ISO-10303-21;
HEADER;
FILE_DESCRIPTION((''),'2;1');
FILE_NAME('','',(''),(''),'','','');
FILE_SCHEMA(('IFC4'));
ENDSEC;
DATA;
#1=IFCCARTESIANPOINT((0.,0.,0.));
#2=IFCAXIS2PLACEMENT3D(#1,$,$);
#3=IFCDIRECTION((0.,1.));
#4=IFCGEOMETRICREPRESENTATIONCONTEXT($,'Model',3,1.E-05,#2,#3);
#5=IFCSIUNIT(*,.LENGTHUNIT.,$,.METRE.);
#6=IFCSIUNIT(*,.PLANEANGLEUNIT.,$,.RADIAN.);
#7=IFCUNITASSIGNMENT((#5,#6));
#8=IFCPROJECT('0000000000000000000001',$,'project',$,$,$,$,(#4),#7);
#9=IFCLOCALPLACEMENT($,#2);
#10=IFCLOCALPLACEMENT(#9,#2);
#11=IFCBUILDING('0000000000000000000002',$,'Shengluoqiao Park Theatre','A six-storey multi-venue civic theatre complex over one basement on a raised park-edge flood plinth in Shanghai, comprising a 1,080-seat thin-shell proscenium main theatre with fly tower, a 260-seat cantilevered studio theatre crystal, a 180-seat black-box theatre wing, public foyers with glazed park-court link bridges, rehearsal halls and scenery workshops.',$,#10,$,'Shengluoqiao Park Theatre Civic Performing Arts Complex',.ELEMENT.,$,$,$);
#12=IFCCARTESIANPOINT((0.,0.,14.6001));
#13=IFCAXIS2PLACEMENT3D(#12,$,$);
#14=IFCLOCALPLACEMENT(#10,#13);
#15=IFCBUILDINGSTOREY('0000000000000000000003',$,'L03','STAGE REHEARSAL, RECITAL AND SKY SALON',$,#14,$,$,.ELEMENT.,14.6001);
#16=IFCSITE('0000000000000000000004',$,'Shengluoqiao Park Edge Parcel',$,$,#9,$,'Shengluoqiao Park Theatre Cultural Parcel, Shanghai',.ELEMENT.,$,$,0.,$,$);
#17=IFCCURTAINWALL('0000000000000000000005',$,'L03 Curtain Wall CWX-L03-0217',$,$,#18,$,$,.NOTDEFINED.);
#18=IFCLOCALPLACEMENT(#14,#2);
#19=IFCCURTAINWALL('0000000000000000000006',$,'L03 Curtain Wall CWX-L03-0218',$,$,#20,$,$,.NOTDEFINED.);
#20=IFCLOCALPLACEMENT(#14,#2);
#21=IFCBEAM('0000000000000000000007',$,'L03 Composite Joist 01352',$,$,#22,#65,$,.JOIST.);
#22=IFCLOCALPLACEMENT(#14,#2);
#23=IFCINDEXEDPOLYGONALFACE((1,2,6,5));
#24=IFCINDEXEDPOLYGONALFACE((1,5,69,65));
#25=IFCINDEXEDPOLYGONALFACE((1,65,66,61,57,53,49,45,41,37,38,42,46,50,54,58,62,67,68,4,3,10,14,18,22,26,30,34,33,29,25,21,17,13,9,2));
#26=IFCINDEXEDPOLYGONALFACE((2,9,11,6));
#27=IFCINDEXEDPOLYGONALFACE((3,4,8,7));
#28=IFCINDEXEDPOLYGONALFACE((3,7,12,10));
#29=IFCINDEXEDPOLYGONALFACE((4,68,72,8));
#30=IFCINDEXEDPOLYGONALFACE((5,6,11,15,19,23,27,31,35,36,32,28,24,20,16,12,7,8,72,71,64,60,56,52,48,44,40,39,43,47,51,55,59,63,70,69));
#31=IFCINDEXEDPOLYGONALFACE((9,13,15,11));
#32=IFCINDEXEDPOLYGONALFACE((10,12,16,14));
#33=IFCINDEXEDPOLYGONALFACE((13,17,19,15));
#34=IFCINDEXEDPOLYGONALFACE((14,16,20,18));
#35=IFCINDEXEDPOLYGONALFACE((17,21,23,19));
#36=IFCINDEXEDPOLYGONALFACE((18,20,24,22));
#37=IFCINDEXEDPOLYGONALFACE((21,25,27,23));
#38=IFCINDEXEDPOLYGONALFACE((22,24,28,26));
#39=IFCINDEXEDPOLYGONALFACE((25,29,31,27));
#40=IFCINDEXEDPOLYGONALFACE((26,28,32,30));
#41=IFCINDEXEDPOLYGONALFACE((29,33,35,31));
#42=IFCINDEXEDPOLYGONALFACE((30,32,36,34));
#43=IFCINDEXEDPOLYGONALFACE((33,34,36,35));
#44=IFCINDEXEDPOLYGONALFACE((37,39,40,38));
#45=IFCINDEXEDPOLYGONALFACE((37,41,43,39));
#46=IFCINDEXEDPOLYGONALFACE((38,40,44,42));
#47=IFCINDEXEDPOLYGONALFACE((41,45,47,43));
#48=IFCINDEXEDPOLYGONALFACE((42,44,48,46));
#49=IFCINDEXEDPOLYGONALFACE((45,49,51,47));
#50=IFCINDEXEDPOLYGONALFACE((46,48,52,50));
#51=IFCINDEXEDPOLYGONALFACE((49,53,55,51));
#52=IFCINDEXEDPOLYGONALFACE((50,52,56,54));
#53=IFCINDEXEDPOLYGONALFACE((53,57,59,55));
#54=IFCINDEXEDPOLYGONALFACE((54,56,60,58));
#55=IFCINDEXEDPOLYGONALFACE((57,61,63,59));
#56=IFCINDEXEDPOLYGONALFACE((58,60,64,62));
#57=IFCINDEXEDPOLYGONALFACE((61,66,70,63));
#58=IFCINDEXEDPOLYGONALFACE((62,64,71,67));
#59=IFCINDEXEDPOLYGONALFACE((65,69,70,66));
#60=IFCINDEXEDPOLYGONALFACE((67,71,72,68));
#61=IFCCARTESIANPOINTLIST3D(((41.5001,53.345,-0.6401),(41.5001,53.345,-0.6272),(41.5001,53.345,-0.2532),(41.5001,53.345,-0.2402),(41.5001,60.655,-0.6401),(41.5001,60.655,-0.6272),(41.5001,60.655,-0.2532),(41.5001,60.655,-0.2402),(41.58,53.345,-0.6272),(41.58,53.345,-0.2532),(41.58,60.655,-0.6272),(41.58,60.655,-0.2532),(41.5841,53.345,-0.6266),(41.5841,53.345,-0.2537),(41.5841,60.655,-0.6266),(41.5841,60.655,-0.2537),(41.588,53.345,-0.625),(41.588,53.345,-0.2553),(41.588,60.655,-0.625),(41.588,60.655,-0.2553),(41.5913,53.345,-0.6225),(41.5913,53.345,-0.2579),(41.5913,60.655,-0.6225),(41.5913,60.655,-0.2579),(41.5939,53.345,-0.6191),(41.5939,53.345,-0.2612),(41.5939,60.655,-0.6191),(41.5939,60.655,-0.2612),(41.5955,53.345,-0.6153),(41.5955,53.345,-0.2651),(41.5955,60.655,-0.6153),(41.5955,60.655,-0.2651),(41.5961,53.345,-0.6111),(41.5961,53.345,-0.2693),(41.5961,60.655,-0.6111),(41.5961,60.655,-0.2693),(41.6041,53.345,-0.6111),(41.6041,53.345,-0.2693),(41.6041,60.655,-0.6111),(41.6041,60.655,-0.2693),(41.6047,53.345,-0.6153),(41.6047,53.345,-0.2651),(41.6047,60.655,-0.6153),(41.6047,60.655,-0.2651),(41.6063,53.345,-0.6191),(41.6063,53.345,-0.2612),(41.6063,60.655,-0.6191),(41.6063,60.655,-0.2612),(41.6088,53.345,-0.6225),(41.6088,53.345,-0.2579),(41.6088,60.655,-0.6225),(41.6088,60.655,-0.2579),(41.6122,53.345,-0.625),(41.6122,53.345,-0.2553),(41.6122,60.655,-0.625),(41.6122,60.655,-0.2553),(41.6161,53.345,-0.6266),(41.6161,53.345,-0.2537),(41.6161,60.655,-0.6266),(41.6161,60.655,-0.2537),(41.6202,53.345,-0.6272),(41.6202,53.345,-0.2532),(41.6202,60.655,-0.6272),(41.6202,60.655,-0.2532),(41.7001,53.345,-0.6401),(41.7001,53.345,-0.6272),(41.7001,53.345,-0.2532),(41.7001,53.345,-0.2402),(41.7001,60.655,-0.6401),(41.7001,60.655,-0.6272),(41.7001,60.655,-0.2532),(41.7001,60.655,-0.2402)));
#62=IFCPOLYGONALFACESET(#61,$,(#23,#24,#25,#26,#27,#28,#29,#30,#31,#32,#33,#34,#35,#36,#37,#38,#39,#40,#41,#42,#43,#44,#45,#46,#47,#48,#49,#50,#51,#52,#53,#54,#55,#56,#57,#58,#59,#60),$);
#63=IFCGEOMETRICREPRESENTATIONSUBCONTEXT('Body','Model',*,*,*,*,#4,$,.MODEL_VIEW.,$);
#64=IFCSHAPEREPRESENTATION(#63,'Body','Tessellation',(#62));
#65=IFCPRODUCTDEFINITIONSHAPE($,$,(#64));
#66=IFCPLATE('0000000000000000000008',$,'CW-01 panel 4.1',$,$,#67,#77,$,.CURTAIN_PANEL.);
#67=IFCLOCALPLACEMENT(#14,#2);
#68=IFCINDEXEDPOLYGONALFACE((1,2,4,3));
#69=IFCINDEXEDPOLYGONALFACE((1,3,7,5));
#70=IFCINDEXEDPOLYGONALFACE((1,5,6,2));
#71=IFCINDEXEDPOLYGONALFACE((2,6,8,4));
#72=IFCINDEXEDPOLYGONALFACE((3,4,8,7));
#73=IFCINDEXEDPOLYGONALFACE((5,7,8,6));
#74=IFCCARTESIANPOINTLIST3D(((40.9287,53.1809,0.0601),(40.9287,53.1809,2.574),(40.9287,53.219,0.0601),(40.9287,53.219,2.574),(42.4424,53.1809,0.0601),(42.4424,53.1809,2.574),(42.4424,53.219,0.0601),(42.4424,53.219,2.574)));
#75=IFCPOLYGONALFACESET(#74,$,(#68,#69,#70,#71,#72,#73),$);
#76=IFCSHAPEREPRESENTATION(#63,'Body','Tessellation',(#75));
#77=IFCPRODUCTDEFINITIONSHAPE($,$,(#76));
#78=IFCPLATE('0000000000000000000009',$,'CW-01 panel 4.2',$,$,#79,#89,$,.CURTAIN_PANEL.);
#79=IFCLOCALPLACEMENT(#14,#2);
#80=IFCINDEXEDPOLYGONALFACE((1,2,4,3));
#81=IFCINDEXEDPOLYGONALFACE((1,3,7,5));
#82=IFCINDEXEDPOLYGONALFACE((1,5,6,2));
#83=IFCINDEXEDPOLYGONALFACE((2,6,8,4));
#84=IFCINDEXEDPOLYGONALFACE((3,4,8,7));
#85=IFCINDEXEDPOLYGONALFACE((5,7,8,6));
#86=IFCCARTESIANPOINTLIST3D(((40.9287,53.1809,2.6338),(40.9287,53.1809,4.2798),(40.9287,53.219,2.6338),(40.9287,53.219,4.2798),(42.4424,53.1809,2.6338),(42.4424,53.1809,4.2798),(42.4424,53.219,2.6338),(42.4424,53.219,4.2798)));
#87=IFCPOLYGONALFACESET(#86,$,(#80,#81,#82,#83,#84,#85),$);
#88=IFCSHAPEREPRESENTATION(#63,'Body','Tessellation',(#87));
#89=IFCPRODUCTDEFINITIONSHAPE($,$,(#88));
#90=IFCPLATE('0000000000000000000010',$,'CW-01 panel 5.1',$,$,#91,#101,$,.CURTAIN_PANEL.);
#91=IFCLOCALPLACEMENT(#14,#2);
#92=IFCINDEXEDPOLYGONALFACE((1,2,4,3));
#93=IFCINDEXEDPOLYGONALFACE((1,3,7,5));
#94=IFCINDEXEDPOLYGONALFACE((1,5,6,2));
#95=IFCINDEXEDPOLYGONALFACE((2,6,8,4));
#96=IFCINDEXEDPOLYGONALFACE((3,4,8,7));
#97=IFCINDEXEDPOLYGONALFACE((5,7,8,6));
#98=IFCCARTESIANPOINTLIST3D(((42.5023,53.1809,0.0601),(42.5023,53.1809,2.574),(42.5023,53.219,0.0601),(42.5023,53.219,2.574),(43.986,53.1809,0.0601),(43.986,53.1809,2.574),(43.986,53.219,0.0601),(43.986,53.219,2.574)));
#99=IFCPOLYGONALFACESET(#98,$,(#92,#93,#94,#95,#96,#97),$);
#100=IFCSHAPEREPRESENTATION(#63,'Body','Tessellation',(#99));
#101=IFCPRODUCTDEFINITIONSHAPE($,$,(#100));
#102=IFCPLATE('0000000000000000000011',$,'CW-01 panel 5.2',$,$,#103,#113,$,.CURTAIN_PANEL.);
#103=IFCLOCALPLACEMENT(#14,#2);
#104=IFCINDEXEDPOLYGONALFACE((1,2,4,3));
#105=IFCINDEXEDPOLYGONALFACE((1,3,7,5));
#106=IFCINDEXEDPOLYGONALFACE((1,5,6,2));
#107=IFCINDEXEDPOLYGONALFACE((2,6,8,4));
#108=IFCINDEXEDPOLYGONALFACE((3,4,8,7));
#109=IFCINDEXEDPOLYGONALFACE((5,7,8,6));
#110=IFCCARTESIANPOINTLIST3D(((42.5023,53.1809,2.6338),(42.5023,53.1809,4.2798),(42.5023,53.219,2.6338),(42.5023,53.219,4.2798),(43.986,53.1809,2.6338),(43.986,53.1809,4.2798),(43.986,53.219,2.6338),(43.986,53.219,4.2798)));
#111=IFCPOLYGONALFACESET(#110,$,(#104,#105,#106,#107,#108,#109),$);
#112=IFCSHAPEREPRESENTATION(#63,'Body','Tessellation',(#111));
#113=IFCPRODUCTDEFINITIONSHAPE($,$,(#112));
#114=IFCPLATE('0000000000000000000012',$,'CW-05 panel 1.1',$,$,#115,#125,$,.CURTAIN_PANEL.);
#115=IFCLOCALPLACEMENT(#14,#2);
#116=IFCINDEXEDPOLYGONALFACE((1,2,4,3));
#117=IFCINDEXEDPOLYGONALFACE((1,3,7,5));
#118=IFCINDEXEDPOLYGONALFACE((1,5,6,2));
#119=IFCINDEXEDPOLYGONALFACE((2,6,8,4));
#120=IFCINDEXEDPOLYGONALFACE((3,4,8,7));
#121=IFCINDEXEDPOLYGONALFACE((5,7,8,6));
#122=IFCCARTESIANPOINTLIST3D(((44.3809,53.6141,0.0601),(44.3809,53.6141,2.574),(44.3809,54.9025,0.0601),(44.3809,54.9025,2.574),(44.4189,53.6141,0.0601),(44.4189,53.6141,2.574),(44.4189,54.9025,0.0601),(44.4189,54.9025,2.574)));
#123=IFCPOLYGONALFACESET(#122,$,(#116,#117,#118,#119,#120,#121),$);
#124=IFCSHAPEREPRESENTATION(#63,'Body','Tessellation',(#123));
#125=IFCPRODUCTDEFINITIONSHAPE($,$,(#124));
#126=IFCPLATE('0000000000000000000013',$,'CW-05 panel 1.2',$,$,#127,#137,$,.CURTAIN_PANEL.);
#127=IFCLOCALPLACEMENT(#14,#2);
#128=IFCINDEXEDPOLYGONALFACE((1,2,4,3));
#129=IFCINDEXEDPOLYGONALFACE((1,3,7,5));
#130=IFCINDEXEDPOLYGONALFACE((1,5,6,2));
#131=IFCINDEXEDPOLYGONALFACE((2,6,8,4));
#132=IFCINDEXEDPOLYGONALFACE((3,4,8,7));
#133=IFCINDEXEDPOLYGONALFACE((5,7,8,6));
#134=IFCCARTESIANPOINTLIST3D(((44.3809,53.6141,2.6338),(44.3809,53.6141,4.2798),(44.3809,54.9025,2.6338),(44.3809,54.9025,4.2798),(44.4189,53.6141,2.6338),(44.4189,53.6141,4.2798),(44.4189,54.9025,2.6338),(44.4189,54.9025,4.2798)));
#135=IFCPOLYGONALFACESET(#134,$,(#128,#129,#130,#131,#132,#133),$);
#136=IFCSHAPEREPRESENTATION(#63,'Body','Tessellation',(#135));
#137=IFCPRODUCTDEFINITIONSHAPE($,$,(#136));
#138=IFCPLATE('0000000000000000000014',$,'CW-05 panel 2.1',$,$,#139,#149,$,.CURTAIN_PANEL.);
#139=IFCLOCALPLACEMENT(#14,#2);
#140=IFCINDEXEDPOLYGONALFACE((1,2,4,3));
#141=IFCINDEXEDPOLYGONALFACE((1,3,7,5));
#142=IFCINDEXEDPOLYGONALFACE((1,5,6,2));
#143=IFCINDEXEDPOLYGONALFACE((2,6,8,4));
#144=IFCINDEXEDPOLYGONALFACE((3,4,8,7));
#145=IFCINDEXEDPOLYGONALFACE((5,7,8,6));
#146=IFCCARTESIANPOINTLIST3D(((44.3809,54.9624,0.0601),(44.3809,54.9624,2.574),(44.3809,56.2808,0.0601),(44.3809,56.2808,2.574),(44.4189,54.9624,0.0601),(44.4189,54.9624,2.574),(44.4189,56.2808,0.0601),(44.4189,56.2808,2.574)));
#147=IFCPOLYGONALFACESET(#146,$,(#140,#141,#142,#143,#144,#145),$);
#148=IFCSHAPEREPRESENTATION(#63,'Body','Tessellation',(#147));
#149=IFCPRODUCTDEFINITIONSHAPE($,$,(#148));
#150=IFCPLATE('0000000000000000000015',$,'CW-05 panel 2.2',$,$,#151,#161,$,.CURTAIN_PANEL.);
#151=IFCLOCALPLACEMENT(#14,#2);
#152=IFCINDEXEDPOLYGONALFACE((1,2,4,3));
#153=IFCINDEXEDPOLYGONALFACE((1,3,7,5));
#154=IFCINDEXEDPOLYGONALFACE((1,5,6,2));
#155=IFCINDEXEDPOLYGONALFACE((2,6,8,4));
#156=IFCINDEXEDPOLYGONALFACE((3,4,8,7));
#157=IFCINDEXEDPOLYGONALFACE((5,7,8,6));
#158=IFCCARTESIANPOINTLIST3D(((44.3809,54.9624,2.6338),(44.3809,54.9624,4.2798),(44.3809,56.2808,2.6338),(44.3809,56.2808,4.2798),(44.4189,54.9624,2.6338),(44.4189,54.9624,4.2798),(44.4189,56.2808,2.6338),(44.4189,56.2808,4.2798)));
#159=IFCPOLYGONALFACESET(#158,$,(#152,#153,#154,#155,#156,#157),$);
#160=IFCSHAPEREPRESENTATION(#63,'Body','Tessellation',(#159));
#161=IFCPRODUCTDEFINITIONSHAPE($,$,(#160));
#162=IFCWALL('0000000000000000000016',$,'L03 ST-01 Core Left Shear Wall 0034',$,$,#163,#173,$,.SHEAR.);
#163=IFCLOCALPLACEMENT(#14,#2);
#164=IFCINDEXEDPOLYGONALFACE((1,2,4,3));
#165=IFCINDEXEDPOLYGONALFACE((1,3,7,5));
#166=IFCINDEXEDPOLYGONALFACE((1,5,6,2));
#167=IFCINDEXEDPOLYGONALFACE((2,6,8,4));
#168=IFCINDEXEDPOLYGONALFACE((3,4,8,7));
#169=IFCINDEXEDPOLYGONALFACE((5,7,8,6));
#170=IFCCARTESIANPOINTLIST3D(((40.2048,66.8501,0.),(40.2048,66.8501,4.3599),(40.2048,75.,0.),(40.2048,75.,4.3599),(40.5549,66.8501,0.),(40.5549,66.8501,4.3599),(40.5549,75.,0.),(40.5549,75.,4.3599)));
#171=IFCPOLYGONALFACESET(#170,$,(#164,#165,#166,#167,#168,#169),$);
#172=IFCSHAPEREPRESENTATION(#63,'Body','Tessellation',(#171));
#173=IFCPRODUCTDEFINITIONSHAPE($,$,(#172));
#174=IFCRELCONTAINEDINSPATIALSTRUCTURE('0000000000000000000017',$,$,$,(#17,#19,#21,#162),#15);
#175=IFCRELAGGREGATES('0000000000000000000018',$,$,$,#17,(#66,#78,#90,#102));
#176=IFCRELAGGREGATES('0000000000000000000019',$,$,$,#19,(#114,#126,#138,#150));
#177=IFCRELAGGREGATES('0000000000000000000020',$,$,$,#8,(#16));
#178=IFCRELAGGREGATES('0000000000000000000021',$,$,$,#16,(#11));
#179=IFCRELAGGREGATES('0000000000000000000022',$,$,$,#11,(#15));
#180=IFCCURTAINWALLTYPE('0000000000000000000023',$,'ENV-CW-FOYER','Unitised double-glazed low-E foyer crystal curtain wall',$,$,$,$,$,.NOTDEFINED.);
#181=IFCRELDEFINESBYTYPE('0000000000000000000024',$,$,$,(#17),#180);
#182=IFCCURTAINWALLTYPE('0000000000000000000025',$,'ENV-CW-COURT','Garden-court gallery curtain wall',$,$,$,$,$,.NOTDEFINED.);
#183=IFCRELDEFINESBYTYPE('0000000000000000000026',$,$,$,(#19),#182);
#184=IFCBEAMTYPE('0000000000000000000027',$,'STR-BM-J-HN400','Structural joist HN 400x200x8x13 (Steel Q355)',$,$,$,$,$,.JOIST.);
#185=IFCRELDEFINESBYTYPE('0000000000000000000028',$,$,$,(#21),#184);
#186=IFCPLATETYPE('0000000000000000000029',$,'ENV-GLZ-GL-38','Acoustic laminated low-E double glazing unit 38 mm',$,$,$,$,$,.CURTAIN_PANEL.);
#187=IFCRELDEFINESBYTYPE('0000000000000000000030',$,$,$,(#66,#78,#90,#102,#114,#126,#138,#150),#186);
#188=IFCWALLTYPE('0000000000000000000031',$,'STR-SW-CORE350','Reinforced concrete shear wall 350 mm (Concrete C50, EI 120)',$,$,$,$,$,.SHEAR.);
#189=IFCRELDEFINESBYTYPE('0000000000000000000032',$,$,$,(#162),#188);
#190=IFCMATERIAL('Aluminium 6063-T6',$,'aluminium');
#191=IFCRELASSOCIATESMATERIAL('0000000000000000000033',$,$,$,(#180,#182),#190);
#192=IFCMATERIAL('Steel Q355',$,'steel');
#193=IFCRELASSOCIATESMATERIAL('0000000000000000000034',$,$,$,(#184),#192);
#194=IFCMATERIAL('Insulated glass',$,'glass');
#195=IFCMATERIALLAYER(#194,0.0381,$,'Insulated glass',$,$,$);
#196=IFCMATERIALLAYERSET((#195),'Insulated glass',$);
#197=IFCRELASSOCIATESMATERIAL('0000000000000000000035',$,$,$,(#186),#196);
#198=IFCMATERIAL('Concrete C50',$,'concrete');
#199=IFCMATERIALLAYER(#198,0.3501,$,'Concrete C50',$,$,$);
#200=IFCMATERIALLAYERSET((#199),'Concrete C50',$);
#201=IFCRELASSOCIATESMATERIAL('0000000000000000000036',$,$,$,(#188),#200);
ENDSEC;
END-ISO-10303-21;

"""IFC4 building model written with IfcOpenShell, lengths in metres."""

from ifc_helpers import new_model, si_unit, direction, frame, frame_2d, origin, origin_2d, place, context, subcontext, project, spatial, rectangle, i_section, extrude, material, layer, layer_set, material_profile, profile_set, type_object, element, aggregate, save


model = new_model("IFC4")

# Units and contexts
model_context = context("Model", 3, precision=1e-05, world=origin(), true_north=direction((0.0, 1.0)))
body_context = subcontext(model_context, "Body", "Model", "MODEL_VIEW")
ifc_project = project(units=[si_unit("LENGTHUNIT", "METRE"), si_unit("PLANEANGLEUNIT", "RADIAN")], contexts=[model_context])

# Site, building, storey
site_placement = place(None, origin())
site = spatial("IfcSite", under=ifc_project, at=site_placement, Name="Shengluoqiao Park Edge Parcel", LongName="Shengluoqiao Park Theatre Cultural Parcel, Shanghai", CompositionType="ELEMENT", RefElevation=0.0)
building_placement = place(site_placement, origin())
building = spatial("IfcBuilding", under=site, at=building_placement, Name="Shengluoqiao Park Theatre", Description="A six-storey multi-venue civic theatre complex over one basement on a raised park-edge flood plinth in Shanghai, comprising a 1,080-seat thin-shell proscenium main theatre with fly tower, a 260-seat cantilevered studio theatre crystal, a 180-seat black-box theatre wing, public foyers with glazed park-court link bridges, rehearsal halls and scenery workshops.", LongName="Shengluoqiao Park Theatre Civic Performing Arts Complex", CompositionType="ELEMENT")
storey_placement = place(building_placement, frame((0.0, 0.0, 14.6001)))
storey = spatial("IfcBuildingStorey", under=building, at=storey_placement, Name="L03", Description="STAGE REHEARSAL, RECITAL AND SKY SALON", CompositionType="ELEMENT", Elevation=14.6001)

# Shared definitions
ifc_material_1 = material(Name="Concrete C50", Category="concrete")

# Curtain walls
ifc_material_2 = material(Name="Aluminium 6063-T6", Category="aluminium")
curtain_wall_type_1 = type_object("IfcCurtainWallType", Name="ENV-CW-FOYER", Description="Unitised double-glazed low-E foyer crystal curtain wall", PredefinedType="NOTDEFINED", material=ifc_material_2)
curtain_wall_1_placement = place(storey_placement, origin())
curtain_wall_1 = element("IfcCurtainWall", 1, at=curtain_wall_1_placement, inside=storey, type_object=curtain_wall_type_1, Name="L03 Curtain Wall CWX-L03-0217", PredefinedType="NOTDEFINED")
curtain_wall_type_2 = type_object("IfcCurtainWallType", Name="ENV-CW-COURT", Description="Garden-court gallery curtain wall", PredefinedType="NOTDEFINED", material=ifc_material_2)
curtain_wall_2_placement = place(storey_placement, origin())
curtain_wall_2 = element("IfcCurtainWall", 2, at=curtain_wall_2_placement, inside=storey, type_object=curtain_wall_type_2, Name="L03 Curtain Wall CWX-L03-0218", PredefinedType="NOTDEFINED")

# Beam
ifc_material_3 = material(Name="Steel Q355", Category="steel")
ifc_material_profile_1 = material_profile(ifc_material_3, i_section(OverallWidth=0.2, OverallDepth=0.3999, WebThickness=0.0081, FlangeThickness=0.0129, FilletRadius=0.0161, at=origin_2d()), Name="HN 400x200x8x13")
ifc_profile_set_1 = profile_set([ifc_material_profile_1], Name="Steel Q355")
beam_type_1 = type_object("IfcBeamType", Name="STR-BM-J-HN400", Description="Structural joist HN 400x200x8x13 (Steel Q355)", PredefinedType="JOIST", material=ifc_profile_set_1)
beam_1_placement = place(storey_placement, frame((41.6001, 53.345, -0.4402), z_axis=(0.0, 1.0, 0.0), x_axis=(-1.0, 0.0, 0.0)))
element("IfcBeam", 3, at=beam_1_placement, inside=storey, type_object=beam_type_1, Name="L03 Composite Joist 01352", PredefinedType="JOIST", context=body_context, shape_type="SweptSolid", body=[
    extrude(i_section(OverallWidth=0.2, OverallDepth=0.3999, WebThickness=0.0081, FlangeThickness=0.0129, FilletRadius=0.0161, at=origin_2d()), origin(), (0.0, 0.0, 1.0), 7.3101),
])

# Plates
ifc_material_4 = material(Name="Insulated glass", Category="glass")
ifc_layer_1 = layer(ifc_material_4, 0.0381, Name="Insulated glass")
ifc_layer_set_1 = layer_set([ifc_layer_1], Name="Insulated glass")
plate_type = type_object("IfcPlateType", Name="ENV-GLZ-GL-38", Description="Acoustic laminated low-E double glazing unit 38 mm", PredefinedType="CURTAIN_PANEL", material=ifc_layer_set_1)
plate_1_placement = place(storey_placement, frame((41.6855, 53.2, 0.0601), z_axis=(0.0, 0.0, 1.0), x_axis=(1.0, 0.0, 0.0)))
plate_1 = element("IfcPlate", 4, at=plate_1_placement, type_object=plate_type, Name="CW-01 panel 4.1", PredefinedType="CURTAIN_PANEL", context=body_context, shape_type="SweptSolid", body=[
    extrude(rectangle(XDim=1.5137, YDim=0.0381, at=origin_2d()), origin(), (0.0, 0.0, 1.0), 2.5139),
])
plate_2_placement = place(storey_placement, frame((41.6855, 53.2, 2.6338), z_axis=(0.0, 0.0, 1.0), x_axis=(1.0, 0.0, 0.0)))
plate_2 = element("IfcPlate", 5, at=plate_2_placement, type_object=plate_type, Name="CW-01 panel 4.2", PredefinedType="CURTAIN_PANEL", context=body_context, shape_type="SweptSolid", body=[
    extrude(rectangle(XDim=1.5137, YDim=0.0381, at=origin_2d()), origin(), (0.0, 0.0, 1.0), 1.646),
])
plate_3_placement = place(storey_placement, frame((43.2441, 53.2, 0.0601), z_axis=(0.0, 0.0, 1.0), x_axis=(1.0, 0.0, 0.0)))
plate_3 = element("IfcPlate", 6, at=plate_3_placement, type_object=plate_type, Name="CW-01 panel 5.1", PredefinedType="CURTAIN_PANEL", context=body_context, shape_type="SweptSolid", body=[
    extrude(rectangle(XDim=1.4836, YDim=0.0381, at=origin_2d()), origin(), (0.0, 0.0, 1.0), 2.5139),
])
plate_4_placement = place(storey_placement, frame((43.2441, 53.2, 2.6338), z_axis=(0.0, 0.0, 1.0), x_axis=(1.0, 0.0, 0.0)))
plate_4 = element("IfcPlate", 7, at=plate_4_placement, type_object=plate_type, Name="CW-01 panel 5.2", PredefinedType="CURTAIN_PANEL", context=body_context, shape_type="SweptSolid", body=[
    extrude(rectangle(XDim=1.4836, YDim=0.0381, at=origin_2d()), origin(), (0.0, 0.0, 1.0), 1.646),
])
aggregate(curtain_wall_1, [plate_1, plate_2, plate_3, plate_4])
plate_5_placement = place(storey_placement, frame((44.3999, 54.2583, 0.0601), z_axis=(0.0, 0.0, 1.0), x_axis=(0.0, 1.0, 0.0)))
plate_5 = element("IfcPlate", 8, at=plate_5_placement, type_object=plate_type, Name="CW-05 panel 1.1", PredefinedType="CURTAIN_PANEL", context=body_context, shape_type="SweptSolid", body=[
    extrude(rectangle(XDim=1.2883, YDim=0.0381, at=origin_2d()), origin(), (0.0, 0.0, 1.0), 2.5139),
])
plate_6_placement = place(storey_placement, frame((44.3999, 54.2583, 2.6338), z_axis=(0.0, 0.0, 1.0), x_axis=(0.0, 1.0, 0.0)))
plate_6 = element("IfcPlate", 9, at=plate_6_placement, type_object=plate_type, Name="CW-05 panel 1.2", PredefinedType="CURTAIN_PANEL", context=body_context, shape_type="SweptSolid", body=[
    extrude(rectangle(XDim=1.2883, YDim=0.0381, at=origin_2d()), origin(), (0.0, 0.0, 1.0), 1.646),
])
plate_7_placement = place(storey_placement, frame((44.3999, 55.6216, 0.0601), z_axis=(0.0, 0.0, 1.0), x_axis=(0.0, 1.0, 0.0)))
plate_7 = element("IfcPlate", 10, at=plate_7_placement, type_object=plate_type, Name="CW-05 panel 2.1", PredefinedType="CURTAIN_PANEL", context=body_context, shape_type="SweptSolid", body=[
    extrude(rectangle(XDim=1.3184, YDim=0.0381, at=origin_2d()), origin(), (0.0, 0.0, 1.0), 2.5139),
])
plate_8_placement = place(storey_placement, frame((44.3999, 55.6216, 2.6338), z_axis=(0.0, 0.0, 1.0), x_axis=(0.0, 1.0, 0.0)))
plate_8 = element("IfcPlate", 11, at=plate_8_placement, type_object=plate_type, Name="CW-05 panel 2.2", PredefinedType="CURTAIN_PANEL", context=body_context, shape_type="SweptSolid", body=[
    extrude(rectangle(XDim=1.3184, YDim=0.0381, at=origin_2d()), origin(), (0.0, 0.0, 1.0), 1.646),
])
aggregate(curtain_wall_2, [plate_5, plate_6, plate_7, plate_8])

# Wall
ifc_layer_2 = layer(ifc_material_1, 0.3501, Name="Concrete C50")
ifc_layer_set_2 = layer_set([ifc_layer_2], Name="Concrete C50")
wall_type = type_object("IfcWallType", Name="STR-SW-CORE350", Description="Reinforced concrete shear wall 350 mm (Concrete C50, EI 120)", PredefinedType="SHEAR", material=ifc_layer_set_2)
wall_placement = place(storey_placement, frame((40.3799, 66.8501, 0.0), z_axis=(0.0, 0.0, 1.0), x_axis=(0.0, 1.0, 0.0)))
element("IfcWall", 12, at=wall_placement, inside=storey, type_object=wall_type, Name="L03 ST-01 Core Left Shear Wall 0034", PredefinedType="SHEAR", context=body_context, shape_type="SweptSolid", body=[
    extrude(rectangle(XDim=8.1499, YDim=0.3501, at=frame_2d((4.075, 0.0))), origin(), (0.0, 0.0, 1.0), 4.3599),
])

save(model, "model.ifc")
